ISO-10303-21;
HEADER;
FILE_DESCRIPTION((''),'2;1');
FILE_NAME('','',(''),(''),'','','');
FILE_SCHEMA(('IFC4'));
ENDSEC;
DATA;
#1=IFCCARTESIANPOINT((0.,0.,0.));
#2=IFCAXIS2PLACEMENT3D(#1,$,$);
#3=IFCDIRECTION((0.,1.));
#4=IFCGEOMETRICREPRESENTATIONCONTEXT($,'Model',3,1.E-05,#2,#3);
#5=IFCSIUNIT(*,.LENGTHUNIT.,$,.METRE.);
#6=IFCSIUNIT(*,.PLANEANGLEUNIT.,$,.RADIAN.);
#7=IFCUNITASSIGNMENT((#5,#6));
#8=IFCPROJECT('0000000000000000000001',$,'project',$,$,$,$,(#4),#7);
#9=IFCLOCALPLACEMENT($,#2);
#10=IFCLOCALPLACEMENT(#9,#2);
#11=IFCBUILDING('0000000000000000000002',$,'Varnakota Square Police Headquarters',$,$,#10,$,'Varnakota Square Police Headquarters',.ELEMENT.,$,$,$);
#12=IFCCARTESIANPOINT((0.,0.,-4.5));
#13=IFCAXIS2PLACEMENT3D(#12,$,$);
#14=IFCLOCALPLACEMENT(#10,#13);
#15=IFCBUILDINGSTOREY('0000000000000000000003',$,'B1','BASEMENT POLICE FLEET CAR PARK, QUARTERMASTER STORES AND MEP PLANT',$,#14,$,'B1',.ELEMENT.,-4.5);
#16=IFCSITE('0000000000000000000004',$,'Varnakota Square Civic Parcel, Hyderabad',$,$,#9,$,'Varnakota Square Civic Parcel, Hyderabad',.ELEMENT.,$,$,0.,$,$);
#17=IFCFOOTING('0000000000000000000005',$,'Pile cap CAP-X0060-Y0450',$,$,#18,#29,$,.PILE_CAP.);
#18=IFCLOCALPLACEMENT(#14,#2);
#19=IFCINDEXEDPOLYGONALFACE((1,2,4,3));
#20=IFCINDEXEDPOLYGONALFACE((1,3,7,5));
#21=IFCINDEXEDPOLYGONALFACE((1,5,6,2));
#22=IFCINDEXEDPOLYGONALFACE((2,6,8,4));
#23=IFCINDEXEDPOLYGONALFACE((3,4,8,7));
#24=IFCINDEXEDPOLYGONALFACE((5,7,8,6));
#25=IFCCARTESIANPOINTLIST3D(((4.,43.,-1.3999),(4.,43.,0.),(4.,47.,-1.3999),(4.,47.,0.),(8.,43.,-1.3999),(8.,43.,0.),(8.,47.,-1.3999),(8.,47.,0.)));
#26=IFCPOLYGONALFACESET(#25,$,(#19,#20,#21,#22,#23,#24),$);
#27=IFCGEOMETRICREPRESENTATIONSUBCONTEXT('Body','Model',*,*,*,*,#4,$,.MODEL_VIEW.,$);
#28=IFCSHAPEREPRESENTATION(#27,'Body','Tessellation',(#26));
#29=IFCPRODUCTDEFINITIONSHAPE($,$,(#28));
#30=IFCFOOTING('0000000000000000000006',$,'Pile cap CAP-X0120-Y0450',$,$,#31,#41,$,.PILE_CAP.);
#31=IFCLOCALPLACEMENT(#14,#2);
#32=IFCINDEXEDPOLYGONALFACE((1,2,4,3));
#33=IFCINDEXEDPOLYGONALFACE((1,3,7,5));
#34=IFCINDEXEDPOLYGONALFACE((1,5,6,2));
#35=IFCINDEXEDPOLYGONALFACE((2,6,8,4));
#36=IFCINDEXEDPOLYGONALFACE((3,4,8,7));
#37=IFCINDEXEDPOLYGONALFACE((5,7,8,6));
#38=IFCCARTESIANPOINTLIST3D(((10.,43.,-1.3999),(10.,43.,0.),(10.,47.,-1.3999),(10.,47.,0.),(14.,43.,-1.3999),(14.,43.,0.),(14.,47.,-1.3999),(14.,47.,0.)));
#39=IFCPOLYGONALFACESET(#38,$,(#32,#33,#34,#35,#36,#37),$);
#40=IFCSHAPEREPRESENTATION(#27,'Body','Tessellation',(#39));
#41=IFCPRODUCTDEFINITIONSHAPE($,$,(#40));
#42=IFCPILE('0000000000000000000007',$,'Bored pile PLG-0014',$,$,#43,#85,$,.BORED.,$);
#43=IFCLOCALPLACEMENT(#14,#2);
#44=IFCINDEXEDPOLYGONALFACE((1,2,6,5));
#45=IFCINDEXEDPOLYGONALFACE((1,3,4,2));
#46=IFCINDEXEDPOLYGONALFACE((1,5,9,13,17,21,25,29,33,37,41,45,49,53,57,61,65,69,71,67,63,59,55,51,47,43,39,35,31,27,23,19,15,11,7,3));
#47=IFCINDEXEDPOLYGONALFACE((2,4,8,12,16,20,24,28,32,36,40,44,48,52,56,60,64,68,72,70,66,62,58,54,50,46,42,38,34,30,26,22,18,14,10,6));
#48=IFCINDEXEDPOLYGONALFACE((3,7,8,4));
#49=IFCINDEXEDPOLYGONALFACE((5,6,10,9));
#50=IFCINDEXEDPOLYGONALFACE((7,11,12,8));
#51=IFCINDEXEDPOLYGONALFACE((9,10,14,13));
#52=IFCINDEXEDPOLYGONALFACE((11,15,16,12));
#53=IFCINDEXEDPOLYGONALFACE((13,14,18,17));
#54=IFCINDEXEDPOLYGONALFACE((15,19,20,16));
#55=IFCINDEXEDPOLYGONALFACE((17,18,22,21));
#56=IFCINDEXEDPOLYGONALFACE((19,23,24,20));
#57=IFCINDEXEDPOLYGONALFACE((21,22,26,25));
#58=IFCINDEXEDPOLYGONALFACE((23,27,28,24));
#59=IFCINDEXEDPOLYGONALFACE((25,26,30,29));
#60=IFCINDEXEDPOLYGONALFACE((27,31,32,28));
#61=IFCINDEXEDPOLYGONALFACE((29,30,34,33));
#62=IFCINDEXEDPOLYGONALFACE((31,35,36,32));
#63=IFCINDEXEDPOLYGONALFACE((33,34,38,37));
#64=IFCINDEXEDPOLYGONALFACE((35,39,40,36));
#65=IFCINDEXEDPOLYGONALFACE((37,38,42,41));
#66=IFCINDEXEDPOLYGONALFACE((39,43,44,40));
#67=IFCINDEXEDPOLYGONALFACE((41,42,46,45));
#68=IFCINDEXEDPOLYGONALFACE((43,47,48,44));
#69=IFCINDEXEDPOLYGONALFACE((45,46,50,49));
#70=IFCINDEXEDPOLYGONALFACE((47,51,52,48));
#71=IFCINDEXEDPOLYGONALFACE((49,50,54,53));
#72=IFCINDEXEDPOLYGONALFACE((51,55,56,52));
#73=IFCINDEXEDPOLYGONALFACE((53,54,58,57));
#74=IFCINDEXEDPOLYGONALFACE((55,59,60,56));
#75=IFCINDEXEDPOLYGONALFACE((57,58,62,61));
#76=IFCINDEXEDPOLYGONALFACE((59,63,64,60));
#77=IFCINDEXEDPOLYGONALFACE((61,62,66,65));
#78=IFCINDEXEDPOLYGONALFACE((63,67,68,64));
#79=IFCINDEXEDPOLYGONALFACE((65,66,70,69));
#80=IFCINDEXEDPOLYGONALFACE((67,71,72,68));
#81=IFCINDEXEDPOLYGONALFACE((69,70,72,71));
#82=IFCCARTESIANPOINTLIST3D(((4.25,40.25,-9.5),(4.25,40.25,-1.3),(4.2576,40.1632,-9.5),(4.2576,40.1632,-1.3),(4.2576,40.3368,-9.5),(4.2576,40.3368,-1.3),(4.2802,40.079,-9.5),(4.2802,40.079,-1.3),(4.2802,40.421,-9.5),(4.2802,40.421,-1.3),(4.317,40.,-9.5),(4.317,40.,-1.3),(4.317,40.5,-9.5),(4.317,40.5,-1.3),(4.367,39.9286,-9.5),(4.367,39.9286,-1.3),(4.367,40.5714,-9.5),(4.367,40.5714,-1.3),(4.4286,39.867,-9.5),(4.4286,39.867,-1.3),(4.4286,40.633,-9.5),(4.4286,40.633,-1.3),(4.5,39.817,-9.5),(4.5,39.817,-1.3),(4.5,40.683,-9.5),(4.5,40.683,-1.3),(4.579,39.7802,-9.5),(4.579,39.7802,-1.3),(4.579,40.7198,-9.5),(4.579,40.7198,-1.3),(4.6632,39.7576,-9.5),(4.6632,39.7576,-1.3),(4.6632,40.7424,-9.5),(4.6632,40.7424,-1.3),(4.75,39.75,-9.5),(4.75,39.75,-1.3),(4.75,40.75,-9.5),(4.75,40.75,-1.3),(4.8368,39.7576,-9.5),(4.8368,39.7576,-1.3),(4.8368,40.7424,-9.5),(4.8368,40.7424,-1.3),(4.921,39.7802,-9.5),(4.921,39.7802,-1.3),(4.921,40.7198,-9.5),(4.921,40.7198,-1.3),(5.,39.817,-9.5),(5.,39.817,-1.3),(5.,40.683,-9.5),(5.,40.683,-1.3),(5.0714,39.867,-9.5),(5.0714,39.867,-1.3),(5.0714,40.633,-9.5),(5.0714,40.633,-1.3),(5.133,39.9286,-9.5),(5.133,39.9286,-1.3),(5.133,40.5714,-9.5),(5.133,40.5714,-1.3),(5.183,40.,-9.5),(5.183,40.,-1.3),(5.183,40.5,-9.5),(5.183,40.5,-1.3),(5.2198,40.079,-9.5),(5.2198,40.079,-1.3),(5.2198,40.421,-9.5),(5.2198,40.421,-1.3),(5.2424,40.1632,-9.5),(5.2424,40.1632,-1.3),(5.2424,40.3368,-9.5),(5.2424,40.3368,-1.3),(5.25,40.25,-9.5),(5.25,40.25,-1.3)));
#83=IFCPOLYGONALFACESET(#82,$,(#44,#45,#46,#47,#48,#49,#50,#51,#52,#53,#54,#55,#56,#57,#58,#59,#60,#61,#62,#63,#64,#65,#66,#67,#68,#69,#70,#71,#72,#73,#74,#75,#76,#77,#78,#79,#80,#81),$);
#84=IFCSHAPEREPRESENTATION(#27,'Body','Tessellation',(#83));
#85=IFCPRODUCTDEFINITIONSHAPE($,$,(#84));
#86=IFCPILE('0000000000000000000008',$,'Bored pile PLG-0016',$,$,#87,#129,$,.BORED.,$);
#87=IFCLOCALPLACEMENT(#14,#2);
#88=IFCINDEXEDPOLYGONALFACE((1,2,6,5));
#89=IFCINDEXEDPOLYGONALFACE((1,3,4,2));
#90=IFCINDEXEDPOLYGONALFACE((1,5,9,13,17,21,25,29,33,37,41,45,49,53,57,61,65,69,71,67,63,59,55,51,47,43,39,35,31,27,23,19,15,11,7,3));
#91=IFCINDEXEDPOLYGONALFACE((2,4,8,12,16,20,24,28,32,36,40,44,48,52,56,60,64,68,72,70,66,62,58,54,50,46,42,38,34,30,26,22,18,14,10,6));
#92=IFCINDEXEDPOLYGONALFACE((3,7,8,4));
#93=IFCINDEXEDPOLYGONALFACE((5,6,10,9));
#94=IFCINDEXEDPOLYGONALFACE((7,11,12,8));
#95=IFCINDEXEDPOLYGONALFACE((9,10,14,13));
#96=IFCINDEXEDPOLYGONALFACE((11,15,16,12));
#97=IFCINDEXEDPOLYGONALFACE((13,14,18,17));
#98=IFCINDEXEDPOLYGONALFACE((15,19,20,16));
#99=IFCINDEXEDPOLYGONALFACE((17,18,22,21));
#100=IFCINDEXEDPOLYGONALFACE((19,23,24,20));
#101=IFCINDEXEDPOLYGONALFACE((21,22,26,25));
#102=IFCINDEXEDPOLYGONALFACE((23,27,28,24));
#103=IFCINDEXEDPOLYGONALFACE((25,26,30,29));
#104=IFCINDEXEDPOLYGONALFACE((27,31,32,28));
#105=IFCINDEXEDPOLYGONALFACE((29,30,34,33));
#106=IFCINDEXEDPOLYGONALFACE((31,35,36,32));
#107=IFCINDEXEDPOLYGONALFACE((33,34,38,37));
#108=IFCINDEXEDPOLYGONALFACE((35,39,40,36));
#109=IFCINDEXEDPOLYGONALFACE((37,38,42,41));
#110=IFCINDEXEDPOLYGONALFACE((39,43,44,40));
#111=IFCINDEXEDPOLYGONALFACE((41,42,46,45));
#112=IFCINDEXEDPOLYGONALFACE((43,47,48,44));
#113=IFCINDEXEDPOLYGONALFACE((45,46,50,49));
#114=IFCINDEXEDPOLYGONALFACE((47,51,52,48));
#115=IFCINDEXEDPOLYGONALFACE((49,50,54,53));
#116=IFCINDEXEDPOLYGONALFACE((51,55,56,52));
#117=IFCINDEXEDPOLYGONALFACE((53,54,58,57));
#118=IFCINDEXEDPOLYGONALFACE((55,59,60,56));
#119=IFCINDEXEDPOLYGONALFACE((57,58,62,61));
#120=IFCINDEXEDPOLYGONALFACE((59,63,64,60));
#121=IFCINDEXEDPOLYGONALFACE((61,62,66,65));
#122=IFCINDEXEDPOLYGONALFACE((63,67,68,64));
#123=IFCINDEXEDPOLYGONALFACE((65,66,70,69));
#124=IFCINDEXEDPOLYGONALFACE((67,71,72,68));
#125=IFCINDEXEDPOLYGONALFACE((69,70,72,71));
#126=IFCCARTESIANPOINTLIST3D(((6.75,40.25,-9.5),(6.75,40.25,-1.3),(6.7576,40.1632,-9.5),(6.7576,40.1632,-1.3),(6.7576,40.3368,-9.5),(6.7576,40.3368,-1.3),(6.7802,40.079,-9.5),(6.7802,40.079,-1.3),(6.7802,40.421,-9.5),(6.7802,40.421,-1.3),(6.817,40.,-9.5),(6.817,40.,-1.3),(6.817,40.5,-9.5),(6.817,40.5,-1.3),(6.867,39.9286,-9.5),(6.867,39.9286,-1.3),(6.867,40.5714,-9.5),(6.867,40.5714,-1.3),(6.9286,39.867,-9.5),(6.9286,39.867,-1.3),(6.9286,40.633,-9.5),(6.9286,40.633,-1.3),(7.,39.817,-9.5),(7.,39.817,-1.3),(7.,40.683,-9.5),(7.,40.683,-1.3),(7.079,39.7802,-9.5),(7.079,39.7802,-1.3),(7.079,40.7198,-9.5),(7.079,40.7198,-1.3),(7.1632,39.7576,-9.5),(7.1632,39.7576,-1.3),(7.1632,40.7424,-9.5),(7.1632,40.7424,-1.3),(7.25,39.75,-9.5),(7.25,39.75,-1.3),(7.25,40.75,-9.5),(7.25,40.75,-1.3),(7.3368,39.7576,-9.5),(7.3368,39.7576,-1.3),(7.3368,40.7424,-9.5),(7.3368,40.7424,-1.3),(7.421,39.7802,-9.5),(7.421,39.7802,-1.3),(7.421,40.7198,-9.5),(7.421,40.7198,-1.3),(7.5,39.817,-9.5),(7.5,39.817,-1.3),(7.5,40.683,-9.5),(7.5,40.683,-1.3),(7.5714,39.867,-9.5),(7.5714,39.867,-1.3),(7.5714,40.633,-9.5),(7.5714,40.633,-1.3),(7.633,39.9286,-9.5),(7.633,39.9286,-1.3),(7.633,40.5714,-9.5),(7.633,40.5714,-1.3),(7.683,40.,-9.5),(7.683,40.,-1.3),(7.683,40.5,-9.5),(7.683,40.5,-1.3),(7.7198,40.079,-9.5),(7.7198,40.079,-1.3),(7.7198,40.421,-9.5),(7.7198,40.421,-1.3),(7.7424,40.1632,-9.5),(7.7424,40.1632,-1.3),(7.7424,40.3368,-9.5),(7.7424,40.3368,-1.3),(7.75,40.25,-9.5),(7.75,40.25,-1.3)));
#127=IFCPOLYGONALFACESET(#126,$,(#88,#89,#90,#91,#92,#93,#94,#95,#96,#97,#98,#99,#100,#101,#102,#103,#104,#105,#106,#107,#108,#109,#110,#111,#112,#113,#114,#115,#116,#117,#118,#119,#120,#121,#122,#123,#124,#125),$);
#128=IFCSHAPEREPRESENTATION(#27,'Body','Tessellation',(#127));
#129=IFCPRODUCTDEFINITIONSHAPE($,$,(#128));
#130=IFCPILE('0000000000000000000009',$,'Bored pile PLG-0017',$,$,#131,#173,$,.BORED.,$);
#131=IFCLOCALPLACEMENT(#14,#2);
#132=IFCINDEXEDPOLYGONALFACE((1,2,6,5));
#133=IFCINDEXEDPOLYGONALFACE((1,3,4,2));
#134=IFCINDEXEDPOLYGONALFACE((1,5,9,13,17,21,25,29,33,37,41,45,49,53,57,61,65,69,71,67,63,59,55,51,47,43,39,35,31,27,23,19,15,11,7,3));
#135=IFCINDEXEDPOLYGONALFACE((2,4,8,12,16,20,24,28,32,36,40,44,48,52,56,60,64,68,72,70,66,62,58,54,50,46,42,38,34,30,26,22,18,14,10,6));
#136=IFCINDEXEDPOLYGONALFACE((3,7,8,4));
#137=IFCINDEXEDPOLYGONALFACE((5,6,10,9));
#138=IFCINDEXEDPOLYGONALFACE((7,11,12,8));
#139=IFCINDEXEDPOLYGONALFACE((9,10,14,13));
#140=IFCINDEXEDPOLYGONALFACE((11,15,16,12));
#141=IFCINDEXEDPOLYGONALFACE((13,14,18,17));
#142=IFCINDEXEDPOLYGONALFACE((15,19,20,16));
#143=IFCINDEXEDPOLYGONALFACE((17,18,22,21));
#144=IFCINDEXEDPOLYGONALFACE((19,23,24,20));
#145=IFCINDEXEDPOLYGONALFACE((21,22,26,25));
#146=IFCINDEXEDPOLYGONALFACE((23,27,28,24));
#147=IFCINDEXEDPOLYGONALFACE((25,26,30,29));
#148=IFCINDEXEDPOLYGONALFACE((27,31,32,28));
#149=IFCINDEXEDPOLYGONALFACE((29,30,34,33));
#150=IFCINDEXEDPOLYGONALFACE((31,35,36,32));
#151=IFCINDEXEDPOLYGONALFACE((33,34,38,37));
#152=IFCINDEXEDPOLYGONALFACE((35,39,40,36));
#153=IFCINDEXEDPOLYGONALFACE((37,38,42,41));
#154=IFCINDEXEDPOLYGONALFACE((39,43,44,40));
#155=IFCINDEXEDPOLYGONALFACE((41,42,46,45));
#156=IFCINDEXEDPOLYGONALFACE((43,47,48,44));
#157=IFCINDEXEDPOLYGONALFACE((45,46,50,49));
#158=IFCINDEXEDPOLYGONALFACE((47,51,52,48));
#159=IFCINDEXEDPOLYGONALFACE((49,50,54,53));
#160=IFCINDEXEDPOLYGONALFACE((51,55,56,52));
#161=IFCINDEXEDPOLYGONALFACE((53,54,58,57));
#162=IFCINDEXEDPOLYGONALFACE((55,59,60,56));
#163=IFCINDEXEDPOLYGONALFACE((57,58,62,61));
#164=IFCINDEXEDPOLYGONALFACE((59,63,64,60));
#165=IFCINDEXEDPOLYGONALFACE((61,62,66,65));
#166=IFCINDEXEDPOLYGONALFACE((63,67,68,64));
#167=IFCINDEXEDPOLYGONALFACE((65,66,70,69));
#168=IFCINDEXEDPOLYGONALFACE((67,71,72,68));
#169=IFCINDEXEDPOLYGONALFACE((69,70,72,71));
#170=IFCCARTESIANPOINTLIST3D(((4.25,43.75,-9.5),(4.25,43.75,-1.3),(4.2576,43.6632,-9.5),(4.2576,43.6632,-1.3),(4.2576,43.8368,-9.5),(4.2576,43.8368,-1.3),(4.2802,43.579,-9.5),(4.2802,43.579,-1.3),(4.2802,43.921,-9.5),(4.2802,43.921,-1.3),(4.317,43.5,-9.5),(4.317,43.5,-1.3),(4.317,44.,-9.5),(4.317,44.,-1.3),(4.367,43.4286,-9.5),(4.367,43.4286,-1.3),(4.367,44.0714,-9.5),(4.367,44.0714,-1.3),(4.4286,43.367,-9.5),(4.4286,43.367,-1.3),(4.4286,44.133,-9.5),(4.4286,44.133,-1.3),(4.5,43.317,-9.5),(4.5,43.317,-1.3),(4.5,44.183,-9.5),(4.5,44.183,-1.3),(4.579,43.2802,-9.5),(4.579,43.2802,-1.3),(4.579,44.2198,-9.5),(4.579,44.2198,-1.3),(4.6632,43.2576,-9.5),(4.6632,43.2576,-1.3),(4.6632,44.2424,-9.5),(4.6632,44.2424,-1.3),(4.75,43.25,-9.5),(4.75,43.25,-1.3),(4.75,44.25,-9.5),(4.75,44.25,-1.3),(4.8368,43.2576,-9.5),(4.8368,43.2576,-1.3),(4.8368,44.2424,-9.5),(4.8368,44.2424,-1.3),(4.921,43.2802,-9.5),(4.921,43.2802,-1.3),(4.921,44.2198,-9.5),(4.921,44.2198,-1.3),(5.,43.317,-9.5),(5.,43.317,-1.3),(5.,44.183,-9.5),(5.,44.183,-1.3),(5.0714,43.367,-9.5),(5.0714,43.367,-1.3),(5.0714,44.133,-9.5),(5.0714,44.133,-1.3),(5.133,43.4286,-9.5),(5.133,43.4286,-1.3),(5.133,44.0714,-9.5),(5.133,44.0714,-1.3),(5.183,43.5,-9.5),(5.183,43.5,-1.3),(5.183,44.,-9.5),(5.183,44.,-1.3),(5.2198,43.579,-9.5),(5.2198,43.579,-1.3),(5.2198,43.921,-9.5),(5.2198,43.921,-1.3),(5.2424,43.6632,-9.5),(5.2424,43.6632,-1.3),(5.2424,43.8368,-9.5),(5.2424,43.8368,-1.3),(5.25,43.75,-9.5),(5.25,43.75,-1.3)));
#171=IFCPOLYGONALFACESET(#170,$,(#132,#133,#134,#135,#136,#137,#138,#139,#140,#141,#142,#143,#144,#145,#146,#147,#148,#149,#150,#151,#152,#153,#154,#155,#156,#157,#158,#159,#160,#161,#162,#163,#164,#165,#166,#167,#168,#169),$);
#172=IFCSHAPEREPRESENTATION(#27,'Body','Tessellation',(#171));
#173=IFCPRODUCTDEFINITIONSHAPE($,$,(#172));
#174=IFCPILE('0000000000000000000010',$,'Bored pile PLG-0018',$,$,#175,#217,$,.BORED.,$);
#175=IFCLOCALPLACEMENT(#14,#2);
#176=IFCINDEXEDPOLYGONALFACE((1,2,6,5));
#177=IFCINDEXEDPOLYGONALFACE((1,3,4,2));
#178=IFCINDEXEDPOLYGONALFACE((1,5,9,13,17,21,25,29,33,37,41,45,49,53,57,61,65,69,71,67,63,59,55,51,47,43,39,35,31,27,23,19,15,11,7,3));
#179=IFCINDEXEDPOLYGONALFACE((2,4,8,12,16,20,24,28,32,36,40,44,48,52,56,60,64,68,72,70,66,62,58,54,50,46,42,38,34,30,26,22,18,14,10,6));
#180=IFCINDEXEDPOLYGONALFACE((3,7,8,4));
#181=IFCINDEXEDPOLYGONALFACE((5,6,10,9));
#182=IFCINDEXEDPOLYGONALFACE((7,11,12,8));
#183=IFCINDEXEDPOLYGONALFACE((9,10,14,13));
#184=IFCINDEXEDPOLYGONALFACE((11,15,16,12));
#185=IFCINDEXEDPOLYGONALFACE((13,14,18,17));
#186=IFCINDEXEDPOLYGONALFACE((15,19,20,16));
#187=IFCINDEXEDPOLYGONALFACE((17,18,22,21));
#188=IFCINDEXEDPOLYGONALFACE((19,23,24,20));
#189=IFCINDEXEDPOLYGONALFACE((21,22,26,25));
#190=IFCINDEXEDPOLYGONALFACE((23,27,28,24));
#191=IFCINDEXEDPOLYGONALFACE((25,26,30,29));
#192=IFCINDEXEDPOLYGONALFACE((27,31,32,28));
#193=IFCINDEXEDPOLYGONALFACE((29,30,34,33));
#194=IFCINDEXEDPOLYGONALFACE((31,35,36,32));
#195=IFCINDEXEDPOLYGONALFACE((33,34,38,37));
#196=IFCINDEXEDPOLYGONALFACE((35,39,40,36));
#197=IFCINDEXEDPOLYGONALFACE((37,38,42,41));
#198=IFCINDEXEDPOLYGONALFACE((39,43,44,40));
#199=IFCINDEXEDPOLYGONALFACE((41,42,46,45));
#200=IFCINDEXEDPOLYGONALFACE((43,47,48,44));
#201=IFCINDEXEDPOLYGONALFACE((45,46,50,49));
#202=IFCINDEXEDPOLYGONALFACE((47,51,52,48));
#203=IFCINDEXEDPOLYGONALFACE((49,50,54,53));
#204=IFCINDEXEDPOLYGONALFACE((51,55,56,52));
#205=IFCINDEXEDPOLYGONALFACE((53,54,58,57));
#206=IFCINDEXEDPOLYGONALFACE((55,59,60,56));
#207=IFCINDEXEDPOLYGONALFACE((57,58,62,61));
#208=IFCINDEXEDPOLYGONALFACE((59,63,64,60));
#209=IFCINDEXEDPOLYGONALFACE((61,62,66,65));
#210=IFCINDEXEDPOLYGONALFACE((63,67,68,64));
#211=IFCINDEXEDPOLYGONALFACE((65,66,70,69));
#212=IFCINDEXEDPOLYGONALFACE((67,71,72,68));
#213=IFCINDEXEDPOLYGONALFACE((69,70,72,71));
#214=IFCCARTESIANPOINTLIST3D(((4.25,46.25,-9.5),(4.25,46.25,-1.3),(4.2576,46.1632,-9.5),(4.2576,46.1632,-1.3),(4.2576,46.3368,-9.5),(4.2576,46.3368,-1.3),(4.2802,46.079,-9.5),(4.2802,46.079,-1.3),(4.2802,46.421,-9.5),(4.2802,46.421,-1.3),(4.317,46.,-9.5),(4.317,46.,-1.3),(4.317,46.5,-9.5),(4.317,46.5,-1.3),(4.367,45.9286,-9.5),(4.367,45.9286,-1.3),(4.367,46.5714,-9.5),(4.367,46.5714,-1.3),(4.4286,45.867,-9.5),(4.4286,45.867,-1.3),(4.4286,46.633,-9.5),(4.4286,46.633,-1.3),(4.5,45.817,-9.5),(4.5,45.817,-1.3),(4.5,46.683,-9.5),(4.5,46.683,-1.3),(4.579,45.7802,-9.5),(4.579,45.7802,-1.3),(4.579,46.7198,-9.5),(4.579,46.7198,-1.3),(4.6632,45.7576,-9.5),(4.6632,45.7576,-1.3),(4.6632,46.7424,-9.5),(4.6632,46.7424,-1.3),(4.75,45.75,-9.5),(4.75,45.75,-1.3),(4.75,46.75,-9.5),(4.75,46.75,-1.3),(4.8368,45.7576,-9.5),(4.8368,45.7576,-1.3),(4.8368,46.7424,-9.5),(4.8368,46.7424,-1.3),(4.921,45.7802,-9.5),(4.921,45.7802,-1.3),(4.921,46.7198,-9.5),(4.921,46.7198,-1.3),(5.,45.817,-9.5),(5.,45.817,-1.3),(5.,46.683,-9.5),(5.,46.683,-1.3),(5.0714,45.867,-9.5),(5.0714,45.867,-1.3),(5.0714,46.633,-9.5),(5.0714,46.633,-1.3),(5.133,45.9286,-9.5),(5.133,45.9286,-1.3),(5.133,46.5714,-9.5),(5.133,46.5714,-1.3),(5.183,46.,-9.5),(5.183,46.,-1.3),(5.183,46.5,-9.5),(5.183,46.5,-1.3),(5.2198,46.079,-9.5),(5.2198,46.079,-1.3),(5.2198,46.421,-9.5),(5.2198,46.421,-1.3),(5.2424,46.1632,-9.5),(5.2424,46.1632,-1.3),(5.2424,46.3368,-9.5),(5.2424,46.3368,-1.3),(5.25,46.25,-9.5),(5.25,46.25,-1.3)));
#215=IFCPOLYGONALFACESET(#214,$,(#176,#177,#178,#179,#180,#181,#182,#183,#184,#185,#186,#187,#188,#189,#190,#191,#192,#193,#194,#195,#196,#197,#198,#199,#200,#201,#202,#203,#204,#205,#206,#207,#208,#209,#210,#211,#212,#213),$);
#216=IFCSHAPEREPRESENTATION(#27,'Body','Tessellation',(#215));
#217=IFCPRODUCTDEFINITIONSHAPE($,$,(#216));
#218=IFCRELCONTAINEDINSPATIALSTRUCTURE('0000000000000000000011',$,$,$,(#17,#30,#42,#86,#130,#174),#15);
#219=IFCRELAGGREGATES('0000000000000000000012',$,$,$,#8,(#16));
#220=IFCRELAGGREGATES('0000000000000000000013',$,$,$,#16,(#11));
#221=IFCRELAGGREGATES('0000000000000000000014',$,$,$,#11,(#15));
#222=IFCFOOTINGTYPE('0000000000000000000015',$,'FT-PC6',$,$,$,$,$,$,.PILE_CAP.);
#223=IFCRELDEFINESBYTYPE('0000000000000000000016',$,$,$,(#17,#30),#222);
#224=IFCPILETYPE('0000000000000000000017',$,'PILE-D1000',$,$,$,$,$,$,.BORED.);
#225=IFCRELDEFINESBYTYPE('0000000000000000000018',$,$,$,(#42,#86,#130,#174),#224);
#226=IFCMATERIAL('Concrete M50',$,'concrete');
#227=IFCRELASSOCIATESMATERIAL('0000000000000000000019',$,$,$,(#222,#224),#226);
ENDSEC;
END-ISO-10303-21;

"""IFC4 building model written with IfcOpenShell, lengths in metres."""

from ifc_helpers import new_model, si_unit, direction, frame, origin, origin_2d, place, context, subcontext, project, spatial, rectangle, circle, extrude, material, material_profile, profile_set, type_object, element, save


model = new_model("IFC4")

# Units and contexts
model_context = context("Model", 3, precision=1e-05, world=origin(), true_north=direction((0.0, 1.0)))
body_context = subcontext(model_context, "Body", "Model", "MODEL_VIEW")
ifc_project = project(units=[si_unit("LENGTHUNIT", "METRE"), si_unit("PLANEANGLEUNIT", "RADIAN")], contexts=[model_context])

# Site, building, storey
site_placement = place(None, origin())
site = spatial("IfcSite", under=ifc_project, at=site_placement, Name="Varnakota Square Civic Parcel, Hyderabad", LongName="Varnakota Square Civic Parcel, Hyderabad", CompositionType="ELEMENT", RefElevation=0.0)
building_placement = place(site_placement, origin())
building = spatial("IfcBuilding", under=site, at=building_placement, Name="Varnakota Square Police Headquarters", LongName="Varnakota Square Police Headquarters", CompositionType="ELEMENT")
storey_placement = place(building_placement, frame((0.0, 0.0, -4.5)))
storey = spatial("IfcBuildingStorey", under=building, at=storey_placement, Name="B1", Description="BASEMENT POLICE FLEET CAR PARK, QUARTERMASTER STORES AND MEP PLANT", LongName="B1", CompositionType="ELEMENT", Elevation=-4.5)

# Footings
ifc_material_1 = material(Name="Concrete M50", Category="concrete")
footing_type = type_object("IfcFootingType", Name="FT-PC6", PredefinedType="PILE_CAP", material=ifc_material_1)
for number, where, z_axis, x_axis, name in (
    (1, (6.0, 45.0, -1.3999), (0.0, 0.0, 1.0), (1.0, 0.0, 0.0), "Pile cap CAP-X0060-Y0450"),
    (2, (12.0, 45.0, -1.3999), (0.0, 0.0, 1.0), (1.0, 0.0, 0.0), "Pile cap CAP-X0120-Y0450"),
):
    element("IfcFooting", number, at=place(storey_placement, frame(where, z_axis=z_axis, x_axis=x_axis)), inside=storey, type_object=footing_type, Name=name, PredefinedType="PILE_CAP", context=body_context, shape_type="SweptSolid", body=[
        extrude(rectangle(XDim=4.0, YDim=4.0, at=origin_2d()), origin(), (0.0, 0.0, 1.0), 1.3999),
    ])

# Piles
ifc_material_profile_1 = material_profile(ifc_material_1, circle(Radius=0.5, at=origin_2d()), Name="BORED PILE 1000")
ifc_profile_set_1 = profile_set([ifc_material_profile_1], Name="Concrete M50")
pile_type = type_object("IfcPileType", Name="PILE-D1000", PredefinedType="BORED", material=ifc_profile_set_1)
for number, where, z_axis, x_axis, name in (
    (3, (4.75, 40.25, -1.3), (0.0, 0.0, -1.0), (1.0, 0.0, 0.0), "Bored pile PLG-0014"),
    (4, (7.25, 40.25, -1.3), (0.0, 0.0, -1.0), (1.0, 0.0, 0.0), "Bored pile PLG-0016"),
    (5, (4.75, 43.75, -1.3), (0.0, 0.0, -1.0), (1.0, 0.0, 0.0), "Bored pile PLG-0017"),
    (6, (4.75, 46.25, -1.3), (0.0, 0.0, -1.0), (1.0, 0.0, 0.0), "Bored pile PLG-0018"),
):
    element("IfcPile", number, at=place(storey_placement, frame(where, z_axis=z_axis, x_axis=x_axis)), inside=storey, type_object=pile_type, Name=name, PredefinedType="BORED", context=body_context, shape_type="SweptSolid", body=[
        extrude(circle(Radius=0.5, at=origin_2d()), origin(), (0.0, 0.0, 1.0), 8.2),
    ])

save(model, "model.ifc")
